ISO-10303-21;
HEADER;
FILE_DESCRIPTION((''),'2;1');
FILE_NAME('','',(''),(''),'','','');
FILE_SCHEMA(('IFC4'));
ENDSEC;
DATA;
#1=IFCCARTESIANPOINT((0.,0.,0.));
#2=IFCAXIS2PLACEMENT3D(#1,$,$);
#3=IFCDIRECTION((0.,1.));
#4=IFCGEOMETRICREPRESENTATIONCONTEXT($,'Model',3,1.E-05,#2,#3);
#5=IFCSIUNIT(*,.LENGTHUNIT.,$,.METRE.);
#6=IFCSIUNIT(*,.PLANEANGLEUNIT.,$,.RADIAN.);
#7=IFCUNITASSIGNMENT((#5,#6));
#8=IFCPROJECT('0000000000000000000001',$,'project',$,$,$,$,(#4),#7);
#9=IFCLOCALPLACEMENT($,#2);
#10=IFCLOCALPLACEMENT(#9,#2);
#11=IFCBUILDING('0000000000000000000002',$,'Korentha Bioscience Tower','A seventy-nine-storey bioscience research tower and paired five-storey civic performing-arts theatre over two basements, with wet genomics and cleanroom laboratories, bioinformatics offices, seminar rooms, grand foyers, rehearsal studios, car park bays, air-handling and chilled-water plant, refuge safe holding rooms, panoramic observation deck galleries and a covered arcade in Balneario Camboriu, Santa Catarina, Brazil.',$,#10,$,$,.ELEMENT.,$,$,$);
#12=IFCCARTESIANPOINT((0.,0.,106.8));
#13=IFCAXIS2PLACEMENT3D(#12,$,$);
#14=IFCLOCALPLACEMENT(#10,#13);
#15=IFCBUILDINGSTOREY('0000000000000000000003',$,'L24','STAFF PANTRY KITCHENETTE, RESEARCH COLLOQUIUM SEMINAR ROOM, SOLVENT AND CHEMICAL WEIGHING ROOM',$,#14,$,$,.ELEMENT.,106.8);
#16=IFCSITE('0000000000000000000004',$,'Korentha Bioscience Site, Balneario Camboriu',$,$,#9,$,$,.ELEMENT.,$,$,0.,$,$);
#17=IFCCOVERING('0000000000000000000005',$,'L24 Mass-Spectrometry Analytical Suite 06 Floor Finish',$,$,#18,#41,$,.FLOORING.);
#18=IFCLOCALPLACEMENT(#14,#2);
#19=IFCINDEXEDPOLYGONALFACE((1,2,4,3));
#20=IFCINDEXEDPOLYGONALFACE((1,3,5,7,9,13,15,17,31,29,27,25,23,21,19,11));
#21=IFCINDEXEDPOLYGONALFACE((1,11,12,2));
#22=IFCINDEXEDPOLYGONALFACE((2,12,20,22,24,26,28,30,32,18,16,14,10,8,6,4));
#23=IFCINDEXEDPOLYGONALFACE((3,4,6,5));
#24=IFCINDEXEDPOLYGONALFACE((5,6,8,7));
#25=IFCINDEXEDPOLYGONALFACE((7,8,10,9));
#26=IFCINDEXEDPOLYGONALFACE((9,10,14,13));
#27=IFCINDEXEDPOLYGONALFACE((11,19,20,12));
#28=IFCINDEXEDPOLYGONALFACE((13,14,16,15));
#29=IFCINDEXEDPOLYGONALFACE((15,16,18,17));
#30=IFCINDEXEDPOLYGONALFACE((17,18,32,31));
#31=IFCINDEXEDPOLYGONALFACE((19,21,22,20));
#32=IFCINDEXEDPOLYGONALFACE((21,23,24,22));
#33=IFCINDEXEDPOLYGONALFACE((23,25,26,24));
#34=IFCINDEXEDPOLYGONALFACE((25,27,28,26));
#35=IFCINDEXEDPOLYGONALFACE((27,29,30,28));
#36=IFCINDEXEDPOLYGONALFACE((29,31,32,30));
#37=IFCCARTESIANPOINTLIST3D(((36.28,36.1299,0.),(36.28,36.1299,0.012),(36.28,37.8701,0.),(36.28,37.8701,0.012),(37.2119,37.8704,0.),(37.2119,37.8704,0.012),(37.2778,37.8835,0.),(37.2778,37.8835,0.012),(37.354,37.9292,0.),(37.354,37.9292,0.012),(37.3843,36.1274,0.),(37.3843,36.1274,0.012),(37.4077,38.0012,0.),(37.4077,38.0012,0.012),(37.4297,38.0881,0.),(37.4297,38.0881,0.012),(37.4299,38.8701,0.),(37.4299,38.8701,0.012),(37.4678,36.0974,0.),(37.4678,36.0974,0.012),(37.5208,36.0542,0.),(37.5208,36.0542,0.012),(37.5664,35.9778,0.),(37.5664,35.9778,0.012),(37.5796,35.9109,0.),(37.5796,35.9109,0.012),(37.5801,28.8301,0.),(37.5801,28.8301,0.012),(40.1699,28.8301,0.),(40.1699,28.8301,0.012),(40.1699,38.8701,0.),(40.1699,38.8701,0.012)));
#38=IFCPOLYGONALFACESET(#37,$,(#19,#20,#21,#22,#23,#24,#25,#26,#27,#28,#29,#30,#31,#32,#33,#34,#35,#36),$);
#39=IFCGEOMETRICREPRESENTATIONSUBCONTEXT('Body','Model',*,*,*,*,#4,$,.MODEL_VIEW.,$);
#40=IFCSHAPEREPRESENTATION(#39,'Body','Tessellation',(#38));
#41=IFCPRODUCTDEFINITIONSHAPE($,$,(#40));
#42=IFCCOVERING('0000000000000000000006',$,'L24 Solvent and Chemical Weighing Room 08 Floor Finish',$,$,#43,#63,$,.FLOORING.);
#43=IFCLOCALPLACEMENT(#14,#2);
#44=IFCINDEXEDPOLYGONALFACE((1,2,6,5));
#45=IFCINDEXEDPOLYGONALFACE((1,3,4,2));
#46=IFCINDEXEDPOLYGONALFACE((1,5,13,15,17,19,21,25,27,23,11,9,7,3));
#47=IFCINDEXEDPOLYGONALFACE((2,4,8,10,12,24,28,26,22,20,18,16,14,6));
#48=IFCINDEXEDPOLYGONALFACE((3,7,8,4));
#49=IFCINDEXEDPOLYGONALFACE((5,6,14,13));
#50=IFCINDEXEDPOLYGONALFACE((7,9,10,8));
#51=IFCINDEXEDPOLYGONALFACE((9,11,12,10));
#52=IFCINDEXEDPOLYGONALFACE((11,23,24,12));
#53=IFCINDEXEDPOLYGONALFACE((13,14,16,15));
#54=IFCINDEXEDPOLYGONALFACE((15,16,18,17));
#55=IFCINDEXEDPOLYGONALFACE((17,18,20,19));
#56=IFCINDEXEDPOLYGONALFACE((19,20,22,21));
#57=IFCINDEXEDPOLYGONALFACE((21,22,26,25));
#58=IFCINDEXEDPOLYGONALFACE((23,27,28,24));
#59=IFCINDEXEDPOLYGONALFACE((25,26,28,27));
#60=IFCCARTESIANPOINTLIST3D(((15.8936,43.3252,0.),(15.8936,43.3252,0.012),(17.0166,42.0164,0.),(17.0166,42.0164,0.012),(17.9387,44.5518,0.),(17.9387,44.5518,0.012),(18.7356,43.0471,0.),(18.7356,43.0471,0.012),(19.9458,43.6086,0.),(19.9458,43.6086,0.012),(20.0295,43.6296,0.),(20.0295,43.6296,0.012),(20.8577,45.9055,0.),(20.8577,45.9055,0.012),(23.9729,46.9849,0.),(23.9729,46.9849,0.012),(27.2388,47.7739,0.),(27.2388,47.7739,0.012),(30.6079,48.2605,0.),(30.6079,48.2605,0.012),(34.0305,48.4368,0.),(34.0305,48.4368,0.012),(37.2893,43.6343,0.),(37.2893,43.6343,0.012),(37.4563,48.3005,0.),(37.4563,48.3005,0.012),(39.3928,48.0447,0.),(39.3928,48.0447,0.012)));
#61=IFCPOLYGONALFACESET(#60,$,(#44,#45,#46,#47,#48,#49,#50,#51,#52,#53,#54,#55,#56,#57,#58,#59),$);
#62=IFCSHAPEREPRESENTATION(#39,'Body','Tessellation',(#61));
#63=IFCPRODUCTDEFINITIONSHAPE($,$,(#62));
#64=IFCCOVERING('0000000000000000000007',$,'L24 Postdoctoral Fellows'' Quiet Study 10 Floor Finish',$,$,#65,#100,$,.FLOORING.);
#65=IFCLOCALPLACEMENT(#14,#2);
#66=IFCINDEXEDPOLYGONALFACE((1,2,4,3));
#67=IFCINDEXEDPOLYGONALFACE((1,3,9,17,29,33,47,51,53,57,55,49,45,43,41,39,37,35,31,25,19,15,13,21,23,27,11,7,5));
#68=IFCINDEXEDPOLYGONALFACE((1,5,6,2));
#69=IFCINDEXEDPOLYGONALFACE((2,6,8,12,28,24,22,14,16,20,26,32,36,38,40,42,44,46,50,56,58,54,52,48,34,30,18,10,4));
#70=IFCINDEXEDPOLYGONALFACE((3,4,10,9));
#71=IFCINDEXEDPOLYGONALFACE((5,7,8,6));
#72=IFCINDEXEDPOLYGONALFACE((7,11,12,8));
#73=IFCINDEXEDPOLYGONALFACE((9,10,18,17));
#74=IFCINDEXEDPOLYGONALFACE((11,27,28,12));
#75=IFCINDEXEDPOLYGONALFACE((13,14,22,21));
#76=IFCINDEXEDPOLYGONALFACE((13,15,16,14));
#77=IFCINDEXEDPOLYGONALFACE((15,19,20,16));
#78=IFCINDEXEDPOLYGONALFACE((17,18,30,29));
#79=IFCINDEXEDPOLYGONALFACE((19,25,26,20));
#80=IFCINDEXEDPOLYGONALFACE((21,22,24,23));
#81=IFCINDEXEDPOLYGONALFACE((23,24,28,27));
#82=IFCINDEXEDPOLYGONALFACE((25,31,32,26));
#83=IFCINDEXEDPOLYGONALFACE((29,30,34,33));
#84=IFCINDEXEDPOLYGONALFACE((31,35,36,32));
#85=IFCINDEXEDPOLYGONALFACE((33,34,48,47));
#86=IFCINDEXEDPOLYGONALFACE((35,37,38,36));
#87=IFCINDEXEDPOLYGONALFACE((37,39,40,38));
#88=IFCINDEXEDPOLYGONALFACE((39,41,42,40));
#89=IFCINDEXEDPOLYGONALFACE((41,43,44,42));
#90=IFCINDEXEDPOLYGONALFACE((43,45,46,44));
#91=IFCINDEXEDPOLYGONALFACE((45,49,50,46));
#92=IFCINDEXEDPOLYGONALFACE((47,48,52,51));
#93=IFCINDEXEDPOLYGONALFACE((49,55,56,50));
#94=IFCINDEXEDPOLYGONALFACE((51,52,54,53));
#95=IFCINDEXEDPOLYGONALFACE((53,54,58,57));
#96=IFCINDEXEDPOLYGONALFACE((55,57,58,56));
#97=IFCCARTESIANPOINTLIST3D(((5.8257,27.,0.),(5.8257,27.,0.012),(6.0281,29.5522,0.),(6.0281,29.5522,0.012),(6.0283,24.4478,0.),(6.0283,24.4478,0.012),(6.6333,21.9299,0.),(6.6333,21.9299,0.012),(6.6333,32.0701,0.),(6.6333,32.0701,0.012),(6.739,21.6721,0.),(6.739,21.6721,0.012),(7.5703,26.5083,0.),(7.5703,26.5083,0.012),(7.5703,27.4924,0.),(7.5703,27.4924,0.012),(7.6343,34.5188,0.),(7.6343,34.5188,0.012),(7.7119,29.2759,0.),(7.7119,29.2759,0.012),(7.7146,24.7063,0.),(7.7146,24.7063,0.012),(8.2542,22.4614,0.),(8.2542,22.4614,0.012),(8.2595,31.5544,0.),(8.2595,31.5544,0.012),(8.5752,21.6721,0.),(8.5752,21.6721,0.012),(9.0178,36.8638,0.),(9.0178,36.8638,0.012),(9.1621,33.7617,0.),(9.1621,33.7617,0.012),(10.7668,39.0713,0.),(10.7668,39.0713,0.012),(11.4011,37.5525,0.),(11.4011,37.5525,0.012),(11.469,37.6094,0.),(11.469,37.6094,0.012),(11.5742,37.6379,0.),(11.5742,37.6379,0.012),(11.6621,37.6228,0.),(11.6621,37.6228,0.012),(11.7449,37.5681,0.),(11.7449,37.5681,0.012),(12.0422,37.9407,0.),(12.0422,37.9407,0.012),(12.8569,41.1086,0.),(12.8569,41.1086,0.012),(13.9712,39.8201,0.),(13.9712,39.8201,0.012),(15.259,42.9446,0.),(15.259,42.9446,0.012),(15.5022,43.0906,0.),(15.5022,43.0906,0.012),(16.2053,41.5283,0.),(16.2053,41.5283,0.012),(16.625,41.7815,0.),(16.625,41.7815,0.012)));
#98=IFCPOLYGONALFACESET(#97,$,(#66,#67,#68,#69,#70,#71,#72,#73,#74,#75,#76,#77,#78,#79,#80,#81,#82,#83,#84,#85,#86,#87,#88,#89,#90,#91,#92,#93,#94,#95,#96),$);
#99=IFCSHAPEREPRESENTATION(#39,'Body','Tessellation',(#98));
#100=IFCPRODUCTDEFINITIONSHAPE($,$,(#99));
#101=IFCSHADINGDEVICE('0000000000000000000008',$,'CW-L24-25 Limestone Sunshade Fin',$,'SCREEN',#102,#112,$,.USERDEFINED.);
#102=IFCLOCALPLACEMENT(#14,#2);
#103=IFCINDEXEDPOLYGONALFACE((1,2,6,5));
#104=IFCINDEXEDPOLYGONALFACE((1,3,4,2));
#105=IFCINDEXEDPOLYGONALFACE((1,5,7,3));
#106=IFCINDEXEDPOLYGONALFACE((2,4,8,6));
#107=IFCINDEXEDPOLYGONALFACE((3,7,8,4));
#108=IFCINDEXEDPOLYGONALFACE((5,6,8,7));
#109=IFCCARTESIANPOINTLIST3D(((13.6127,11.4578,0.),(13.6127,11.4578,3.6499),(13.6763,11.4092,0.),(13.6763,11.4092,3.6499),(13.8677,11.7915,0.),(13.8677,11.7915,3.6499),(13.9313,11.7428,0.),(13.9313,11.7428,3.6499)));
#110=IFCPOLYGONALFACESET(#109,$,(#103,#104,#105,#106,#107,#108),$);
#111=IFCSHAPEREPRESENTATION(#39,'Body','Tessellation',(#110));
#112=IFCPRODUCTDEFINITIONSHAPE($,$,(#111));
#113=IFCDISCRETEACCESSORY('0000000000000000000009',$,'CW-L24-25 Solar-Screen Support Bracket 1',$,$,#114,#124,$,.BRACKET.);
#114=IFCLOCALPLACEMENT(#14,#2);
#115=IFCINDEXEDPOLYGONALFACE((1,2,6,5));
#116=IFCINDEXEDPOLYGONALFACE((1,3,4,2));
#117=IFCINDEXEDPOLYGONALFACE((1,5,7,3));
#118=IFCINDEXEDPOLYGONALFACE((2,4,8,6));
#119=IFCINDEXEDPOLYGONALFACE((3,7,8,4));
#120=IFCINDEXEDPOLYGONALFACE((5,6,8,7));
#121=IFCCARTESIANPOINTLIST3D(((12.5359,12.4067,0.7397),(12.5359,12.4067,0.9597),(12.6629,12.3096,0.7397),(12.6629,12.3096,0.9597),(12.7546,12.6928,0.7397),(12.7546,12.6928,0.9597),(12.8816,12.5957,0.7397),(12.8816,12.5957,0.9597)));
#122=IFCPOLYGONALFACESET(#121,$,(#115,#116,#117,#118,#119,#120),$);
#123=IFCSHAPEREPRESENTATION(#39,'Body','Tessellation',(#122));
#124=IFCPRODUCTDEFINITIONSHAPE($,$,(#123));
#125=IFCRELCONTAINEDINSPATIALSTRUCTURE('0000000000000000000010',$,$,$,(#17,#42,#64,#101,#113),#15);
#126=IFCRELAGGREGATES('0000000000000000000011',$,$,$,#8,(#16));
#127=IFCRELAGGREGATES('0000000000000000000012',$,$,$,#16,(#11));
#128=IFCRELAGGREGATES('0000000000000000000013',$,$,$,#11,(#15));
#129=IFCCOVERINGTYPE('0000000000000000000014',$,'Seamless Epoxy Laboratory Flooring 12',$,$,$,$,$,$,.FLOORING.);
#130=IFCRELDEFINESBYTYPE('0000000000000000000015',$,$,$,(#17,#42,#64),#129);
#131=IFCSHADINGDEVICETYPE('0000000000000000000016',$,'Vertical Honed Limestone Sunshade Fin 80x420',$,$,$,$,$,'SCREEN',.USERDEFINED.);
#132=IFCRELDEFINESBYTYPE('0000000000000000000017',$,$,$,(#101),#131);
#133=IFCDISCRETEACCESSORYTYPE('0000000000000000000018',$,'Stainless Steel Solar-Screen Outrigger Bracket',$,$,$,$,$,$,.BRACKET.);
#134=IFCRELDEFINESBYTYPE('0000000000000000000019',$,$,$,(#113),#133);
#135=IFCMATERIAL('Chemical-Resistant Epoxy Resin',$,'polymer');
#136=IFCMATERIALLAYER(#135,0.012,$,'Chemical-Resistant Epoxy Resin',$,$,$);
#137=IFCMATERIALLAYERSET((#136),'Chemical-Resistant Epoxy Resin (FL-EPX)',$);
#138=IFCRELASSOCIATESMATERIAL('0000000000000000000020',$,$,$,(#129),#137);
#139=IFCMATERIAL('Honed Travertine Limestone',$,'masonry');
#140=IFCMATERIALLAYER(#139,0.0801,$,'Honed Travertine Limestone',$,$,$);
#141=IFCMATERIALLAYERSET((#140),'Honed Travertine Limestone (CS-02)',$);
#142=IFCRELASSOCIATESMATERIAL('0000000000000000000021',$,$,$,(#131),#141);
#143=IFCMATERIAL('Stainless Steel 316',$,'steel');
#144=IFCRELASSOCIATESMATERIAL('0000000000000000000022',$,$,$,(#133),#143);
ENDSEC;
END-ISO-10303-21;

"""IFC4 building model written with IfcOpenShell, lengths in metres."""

from ifc_helpers import new_model, si_unit, direction, frame, origin, origin_2d, place, context, subcontext, project, spatial, polyline, rectangle, outline, extrude, material, layer, layer_set, type_object, element, save


model = new_model("IFC4")

# Units and contexts
model_context = context("Model", 3, precision=1e-05, world=origin(), true_north=direction((0.0, 1.0)))
body_context = subcontext(model_context, "Body", "Model", "MODEL_VIEW")
ifc_project = project(units=[si_unit("LENGTHUNIT", "METRE"), si_unit("PLANEANGLEUNIT", "RADIAN")], contexts=[model_context])

# Site, building, storey
site_placement = place(None, origin())
site = spatial("IfcSite", under=ifc_project, at=site_placement, Name="Korentha Bioscience Site, Balneario Camboriu", CompositionType="ELEMENT", RefElevation=0.0)
building_placement = place(site_placement, origin())
building = spatial("IfcBuilding", under=site, at=building_placement, Name="Korentha Bioscience Tower", Description="A seventy-nine-storey bioscience research tower and paired five-storey civic performing-arts theatre over two basements, with wet genomics and cleanroom laboratories, bioinformatics offices, seminar rooms, grand foyers, rehearsal studios, car park bays, air-handling and chilled-water plant, refuge safe holding rooms, panoramic observation deck galleries and a covered arcade in Balneario Camboriu, Santa Catarina, Brazil.", CompositionType="ELEMENT")
storey_placement = place(building_placement, frame((0.0, 0.0, 106.8)))
storey = spatial("IfcBuildingStorey", under=building, at=storey_placement, Name="L24", Description="STAFF PANTRY KITCHENETTE, RESEARCH COLLOQUIUM SEMINAR ROOM, SOLVENT AND CHEMICAL WEIGHING ROOM", CompositionType="ELEMENT", Elevation=106.8)

# Coverings
ifc_material_1 = material(Name="Chemical-Resistant Epoxy Resin", Category="polymer")
ifc_layer_1 = layer(ifc_material_1, 0.012, Name="Chemical-Resistant Epoxy Resin")
ifc_layer_set_1 = layer_set([ifc_layer_1], Name="Chemical-Resistant Epoxy Resin (FL-EPX)")
covering_type_1 = type_object("IfcCoveringType", Name="Seamless Epoxy Laboratory Flooring 12", PredefinedType="FLOORING", material=ifc_layer_set_1)
covering_1_placement = place(storey_placement, origin())
element("IfcCovering", 1, at=covering_1_placement, inside=storey, type_object=covering_type_1, Name="L24 Mass-Spectrometry Analytical Suite 06 Floor Finish", PredefinedType="FLOORING", context=body_context, shape_type="SweptSolid", body=[
    extrude(outline(polyline([(37.5796, 35.9109), (37.5664, 35.9778), (37.5208, 36.0542), (37.4678, 36.0974), (37.3843, 36.1274), (36.28, 36.1299), (36.28, 37.8701), (37.2119, 37.8704), (37.2778, 37.8835), (37.354, 37.9292), (37.4077, 38.0012), (37.4297, 38.0881), (37.4299, 38.8701), (40.1699, 38.8701), (40.1699, 28.8301), (37.5801, 28.8301), (37.5796, 35.9109)])), origin(), (0.0, 0.0, 1.0), 0.012),
])
covering_2_placement = place(storey_placement, origin())
element("IfcCovering", 2, at=covering_2_placement, inside=storey, type_object=covering_type_1, Name="L24 Solvent and Chemical Weighing Room 08 Floor Finish", PredefinedType="FLOORING", context=body_context, shape_type="SweptSolid", body=[
    extrude(outline(polyline([(17.9387, 44.5518), (20.8577, 45.9055), (23.9729, 46.9849), (27.2388, 47.7739), (30.6079, 48.2605), (34.0305, 48.4368), (37.4563, 48.3005), (39.3928, 48.0447), (37.2893, 43.6343), (20.0295, 43.6296), (19.9458, 43.6086), (18.7356, 43.0471), (17.0166, 42.0164), (15.8936, 43.3252), (17.9387, 44.5518)])), origin(), (0.0, 0.0, 1.0), 0.012),
])
covering_3_placement = place(storey_placement, origin())
element("IfcCovering", 3, at=covering_3_placement, inside=storey, type_object=covering_type_1, Name="L24 Postdoctoral Fellows' Quiet Study 10 Floor Finish", PredefinedType="FLOORING", context=body_context, shape_type="SweptSolid", body=[
    extrude(outline(polyline([(6.0283, 24.4478), (5.8257, 27.0), (6.0281, 29.5522), (6.6333, 32.0701), (7.6343, 34.5188), (9.0178, 36.8638), (10.7668, 39.0713), (12.8569, 41.1086), (15.259, 42.9446), (15.5022, 43.0906), (16.625, 41.7815), (16.2053, 41.5283), (13.9712, 39.8201), (12.0422, 37.9407), (11.7449, 37.5681), (11.6621, 37.6228), (11.5742, 37.6379), (11.469, 37.6094), (11.4011, 37.5525), (9.1621, 33.7617), (8.2595, 31.5544), (7.7119, 29.2759), (7.5703, 27.4924), (7.5703, 26.5083), (7.7146, 24.7063), (8.2542, 22.4614), (8.5752, 21.6721), (6.739, 21.6721), (6.6333, 21.9299), (6.0283, 24.4478)])), origin(), (0.0, 0.0, 1.0), 0.012),
])

# Shading device
ifc_material_2 = material(Name="Honed Travertine Limestone", Category="masonry")
ifc_layer_2 = layer(ifc_material_2, 0.0801, Name="Honed Travertine Limestone")
ifc_layer_set_2 = layer_set([ifc_layer_2], Name="Honed Travertine Limestone (CS-02)")
shading_device_type_1 = type_object("IfcShadingDeviceType", Name="Vertical Honed Limestone Sunshade Fin 80x420", ElementType="SCREEN", PredefinedType="USERDEFINED", material=ifc_layer_set_2)
shading_device_1_placement = place(storey_placement, frame((13.772, 11.6003, 0.0), z_axis=(0.0, 0.0, 1.0), x_axis=(0.7945, -0.607265, 0.0)))
element("IfcShadingDevice", 4, at=shading_device_1_placement, inside=storey, type_object=shading_device_type_1, Name="CW-L24-25 Limestone Sunshade Fin", ObjectType="SCREEN", PredefinedType="USERDEFINED", context=body_context, shape_type="SweptSolid", body=[
    extrude(rectangle(XDim=0.0801, YDim=0.4199, at=origin_2d()), origin(), (0.0, 0.0, 1.0), 3.6499),
])

# Discrete accessory
ifc_material_3 = material(Name="Stainless Steel 316", Category="steel")
discrete_accessory_type = type_object("IfcDiscreteAccessoryType", Name="Stainless Steel Solar-Screen Outrigger Bracket", PredefinedType="BRACKET", material=ifc_material_3)
discrete_accessory_placement = place(storey_placement, frame((12.7087, 12.5012, 0.7397), z_axis=(0.0, 0.0, 1.0), x_axis=(0.7945, -0.607265, 0.0)))
element("IfcDiscreteAccessory", 5, at=discrete_accessory_placement, inside=storey, type_object=discrete_accessory_type, Name="CW-L24-25 Solar-Screen Support Bracket 1", PredefinedType="BRACKET", context=body_context, shape_type="SweptSolid", body=[
    extrude(rectangle(XDim=0.1599, YDim=0.3601, at=origin_2d()), origin(), (0.0, 0.0, 1.0), 0.22),
])

save(model, "model.ifc")
